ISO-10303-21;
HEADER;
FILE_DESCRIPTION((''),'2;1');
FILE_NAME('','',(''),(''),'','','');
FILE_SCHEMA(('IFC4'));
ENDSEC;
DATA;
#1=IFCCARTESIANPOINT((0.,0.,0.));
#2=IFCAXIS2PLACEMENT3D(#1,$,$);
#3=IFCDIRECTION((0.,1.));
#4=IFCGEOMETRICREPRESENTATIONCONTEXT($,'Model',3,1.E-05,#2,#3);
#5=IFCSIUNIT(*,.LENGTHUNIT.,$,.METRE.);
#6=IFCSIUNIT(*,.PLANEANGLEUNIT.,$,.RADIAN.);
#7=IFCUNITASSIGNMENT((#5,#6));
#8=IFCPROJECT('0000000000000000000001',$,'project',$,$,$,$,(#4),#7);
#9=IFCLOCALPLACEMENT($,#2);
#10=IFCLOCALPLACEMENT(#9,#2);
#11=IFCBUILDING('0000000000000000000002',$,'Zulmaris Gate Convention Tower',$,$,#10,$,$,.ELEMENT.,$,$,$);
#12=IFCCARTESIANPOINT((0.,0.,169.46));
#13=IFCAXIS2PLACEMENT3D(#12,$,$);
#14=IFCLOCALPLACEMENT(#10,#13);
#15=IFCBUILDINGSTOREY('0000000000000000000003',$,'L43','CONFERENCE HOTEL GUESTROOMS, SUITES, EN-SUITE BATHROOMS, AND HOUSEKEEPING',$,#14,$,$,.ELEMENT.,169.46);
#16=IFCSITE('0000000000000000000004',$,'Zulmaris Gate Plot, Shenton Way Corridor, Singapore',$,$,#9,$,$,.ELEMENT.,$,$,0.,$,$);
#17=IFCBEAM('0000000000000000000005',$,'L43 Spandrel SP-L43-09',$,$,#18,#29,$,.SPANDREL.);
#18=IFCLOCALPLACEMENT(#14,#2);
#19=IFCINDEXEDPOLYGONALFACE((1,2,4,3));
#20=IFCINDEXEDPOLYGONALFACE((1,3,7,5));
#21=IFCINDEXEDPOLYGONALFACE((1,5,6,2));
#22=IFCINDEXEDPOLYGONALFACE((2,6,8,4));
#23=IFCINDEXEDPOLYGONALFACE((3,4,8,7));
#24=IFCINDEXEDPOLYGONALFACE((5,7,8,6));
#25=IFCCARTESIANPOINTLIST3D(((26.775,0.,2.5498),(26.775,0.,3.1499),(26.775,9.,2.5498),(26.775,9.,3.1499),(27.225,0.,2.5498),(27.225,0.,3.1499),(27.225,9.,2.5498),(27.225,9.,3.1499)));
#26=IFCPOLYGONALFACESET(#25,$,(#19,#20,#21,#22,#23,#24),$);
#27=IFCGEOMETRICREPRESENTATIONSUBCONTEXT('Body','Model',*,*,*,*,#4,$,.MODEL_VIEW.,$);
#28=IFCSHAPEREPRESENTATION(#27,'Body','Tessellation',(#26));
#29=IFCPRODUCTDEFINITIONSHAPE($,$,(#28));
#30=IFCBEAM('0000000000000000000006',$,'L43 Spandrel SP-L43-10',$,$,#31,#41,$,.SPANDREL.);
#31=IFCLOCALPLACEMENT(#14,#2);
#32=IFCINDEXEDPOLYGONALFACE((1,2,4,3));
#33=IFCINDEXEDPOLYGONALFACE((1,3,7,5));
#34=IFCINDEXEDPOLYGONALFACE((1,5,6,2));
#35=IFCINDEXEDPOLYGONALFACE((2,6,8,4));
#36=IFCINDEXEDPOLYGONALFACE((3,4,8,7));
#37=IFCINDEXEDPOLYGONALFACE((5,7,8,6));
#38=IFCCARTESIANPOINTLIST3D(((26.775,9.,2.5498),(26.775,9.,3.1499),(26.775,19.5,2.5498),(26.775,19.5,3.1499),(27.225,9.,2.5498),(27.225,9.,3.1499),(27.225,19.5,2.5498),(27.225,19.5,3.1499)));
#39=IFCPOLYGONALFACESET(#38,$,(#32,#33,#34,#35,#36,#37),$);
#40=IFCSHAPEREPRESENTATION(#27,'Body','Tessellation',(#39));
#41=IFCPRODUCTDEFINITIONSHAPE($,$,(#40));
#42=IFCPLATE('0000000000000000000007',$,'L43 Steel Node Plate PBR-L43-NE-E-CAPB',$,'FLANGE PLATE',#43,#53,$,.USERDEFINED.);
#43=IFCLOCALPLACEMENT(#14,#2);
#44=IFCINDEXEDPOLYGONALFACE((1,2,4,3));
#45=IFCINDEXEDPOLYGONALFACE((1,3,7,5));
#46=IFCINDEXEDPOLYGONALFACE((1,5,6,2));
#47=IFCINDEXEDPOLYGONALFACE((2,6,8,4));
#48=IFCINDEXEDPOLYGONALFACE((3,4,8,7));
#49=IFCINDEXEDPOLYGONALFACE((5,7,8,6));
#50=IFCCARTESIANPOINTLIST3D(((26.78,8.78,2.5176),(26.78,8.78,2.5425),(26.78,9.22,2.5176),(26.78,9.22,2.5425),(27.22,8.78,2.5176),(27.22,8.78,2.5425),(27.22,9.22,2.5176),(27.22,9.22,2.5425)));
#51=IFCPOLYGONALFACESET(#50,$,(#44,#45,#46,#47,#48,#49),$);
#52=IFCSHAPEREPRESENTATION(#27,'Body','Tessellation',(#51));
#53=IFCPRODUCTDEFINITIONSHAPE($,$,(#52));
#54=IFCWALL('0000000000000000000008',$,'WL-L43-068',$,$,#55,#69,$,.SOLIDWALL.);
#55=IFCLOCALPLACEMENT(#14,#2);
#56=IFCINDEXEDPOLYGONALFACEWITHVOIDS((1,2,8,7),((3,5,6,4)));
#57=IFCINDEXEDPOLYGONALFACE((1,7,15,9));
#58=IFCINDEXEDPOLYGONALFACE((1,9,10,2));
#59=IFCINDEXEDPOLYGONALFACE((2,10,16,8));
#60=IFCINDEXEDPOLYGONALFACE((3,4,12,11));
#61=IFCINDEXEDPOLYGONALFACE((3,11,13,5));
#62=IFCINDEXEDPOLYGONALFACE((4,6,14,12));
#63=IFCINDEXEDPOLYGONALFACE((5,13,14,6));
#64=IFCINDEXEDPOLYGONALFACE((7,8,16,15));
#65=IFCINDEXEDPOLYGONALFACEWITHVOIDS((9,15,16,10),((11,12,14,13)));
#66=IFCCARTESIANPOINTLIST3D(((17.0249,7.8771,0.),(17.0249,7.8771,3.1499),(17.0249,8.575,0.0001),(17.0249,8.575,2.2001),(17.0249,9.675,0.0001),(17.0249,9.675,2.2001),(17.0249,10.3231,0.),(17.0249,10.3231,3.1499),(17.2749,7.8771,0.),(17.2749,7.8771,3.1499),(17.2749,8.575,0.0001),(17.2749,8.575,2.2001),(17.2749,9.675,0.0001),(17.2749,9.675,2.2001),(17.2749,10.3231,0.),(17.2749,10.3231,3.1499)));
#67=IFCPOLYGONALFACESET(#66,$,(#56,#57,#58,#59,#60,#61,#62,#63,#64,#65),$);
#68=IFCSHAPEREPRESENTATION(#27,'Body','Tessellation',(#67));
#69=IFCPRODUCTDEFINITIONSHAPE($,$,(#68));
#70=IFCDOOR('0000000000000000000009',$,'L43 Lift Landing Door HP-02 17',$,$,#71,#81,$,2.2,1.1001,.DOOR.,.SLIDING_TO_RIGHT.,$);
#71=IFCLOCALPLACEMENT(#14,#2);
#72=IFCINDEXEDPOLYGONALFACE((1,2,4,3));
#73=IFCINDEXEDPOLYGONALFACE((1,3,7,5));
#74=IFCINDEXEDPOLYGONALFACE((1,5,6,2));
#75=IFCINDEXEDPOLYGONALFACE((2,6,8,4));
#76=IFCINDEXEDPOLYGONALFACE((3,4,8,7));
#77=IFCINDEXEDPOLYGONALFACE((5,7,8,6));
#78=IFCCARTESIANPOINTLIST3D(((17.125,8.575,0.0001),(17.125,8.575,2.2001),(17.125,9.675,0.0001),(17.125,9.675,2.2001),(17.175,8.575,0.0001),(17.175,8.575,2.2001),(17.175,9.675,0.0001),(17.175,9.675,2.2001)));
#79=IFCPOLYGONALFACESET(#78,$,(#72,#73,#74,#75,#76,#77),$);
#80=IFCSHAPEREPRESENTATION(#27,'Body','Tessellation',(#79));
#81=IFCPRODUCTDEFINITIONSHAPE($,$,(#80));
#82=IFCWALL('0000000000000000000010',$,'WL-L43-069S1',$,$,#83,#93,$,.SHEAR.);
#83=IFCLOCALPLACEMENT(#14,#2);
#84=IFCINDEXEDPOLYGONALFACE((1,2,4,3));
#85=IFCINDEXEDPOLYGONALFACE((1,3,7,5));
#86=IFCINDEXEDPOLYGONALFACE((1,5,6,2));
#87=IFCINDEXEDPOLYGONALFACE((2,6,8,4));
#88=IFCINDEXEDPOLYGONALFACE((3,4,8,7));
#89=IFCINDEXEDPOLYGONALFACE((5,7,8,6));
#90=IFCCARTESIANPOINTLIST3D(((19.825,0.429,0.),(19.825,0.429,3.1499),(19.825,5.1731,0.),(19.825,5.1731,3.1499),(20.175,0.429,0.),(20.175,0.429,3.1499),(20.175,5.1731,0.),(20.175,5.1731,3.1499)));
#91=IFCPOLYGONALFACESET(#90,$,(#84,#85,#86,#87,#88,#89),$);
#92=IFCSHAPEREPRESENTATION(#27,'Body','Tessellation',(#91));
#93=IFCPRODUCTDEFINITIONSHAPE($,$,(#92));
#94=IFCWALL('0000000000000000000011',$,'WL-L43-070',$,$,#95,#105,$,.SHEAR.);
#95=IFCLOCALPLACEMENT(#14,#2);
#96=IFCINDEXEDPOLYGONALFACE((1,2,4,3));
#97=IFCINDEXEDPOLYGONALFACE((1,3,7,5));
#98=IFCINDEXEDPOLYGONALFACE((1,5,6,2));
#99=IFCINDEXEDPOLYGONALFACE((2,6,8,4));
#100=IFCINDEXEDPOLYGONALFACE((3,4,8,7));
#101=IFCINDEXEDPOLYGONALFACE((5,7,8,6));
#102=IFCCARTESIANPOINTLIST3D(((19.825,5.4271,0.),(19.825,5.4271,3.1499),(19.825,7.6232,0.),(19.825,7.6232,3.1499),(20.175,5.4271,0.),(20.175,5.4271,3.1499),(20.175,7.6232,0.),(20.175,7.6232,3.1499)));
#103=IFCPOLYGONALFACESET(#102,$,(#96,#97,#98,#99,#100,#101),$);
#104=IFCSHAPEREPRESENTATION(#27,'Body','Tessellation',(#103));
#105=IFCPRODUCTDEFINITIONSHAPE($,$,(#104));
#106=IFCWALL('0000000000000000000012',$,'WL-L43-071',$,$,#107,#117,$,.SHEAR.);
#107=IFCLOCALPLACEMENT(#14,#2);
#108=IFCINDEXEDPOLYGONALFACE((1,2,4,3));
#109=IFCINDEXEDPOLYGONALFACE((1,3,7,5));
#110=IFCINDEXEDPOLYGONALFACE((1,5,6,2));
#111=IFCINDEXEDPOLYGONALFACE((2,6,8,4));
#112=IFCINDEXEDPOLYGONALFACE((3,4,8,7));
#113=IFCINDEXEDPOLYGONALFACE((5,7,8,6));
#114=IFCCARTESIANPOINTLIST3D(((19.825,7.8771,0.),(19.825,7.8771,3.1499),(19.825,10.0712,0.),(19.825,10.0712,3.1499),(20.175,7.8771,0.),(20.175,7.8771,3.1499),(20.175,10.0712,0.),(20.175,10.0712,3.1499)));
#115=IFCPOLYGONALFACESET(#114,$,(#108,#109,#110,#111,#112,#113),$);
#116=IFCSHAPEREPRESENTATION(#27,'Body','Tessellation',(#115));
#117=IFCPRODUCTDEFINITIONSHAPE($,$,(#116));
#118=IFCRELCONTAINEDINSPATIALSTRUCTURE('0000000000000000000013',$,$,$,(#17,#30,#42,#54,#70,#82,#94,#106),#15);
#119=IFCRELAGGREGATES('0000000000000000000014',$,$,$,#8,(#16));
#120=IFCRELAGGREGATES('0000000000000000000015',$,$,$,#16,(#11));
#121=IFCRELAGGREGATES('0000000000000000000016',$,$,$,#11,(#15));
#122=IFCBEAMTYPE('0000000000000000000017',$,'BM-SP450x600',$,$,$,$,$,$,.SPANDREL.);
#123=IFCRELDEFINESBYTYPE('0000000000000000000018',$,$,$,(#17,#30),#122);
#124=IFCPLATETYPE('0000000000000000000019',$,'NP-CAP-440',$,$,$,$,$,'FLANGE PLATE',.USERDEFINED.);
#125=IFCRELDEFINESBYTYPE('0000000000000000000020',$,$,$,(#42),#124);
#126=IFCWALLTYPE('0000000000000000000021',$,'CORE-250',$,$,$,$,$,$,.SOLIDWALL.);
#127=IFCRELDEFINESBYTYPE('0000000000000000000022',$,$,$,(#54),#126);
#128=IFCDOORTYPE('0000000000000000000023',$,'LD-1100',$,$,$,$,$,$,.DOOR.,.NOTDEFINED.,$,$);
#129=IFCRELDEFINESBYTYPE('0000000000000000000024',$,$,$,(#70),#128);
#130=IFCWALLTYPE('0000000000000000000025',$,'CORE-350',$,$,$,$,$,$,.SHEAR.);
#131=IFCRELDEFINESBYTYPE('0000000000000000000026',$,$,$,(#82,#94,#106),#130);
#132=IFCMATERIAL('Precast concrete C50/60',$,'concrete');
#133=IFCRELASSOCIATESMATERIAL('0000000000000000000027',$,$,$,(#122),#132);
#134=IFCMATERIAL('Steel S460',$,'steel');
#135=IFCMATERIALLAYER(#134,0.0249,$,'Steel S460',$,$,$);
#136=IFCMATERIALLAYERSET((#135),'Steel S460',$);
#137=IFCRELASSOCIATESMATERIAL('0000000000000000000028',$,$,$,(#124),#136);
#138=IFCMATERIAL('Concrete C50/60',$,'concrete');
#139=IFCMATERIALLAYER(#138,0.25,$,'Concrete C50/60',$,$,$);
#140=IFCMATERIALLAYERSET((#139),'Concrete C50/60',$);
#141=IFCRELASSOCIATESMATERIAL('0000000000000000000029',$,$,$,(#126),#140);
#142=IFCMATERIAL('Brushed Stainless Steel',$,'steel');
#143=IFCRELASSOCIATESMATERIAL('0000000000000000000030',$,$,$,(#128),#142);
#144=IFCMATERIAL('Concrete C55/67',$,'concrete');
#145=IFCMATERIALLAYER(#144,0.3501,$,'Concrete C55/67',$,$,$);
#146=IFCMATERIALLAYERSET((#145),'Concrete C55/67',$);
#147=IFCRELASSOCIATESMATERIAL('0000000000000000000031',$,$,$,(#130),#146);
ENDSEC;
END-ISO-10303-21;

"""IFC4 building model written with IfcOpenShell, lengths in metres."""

from ifc_helpers import new_model, si_unit, direction, frame, frame_2d, origin, origin_2d, place, context, subcontext, project, spatial, rectangle, extrude, material, layer, layer_set, material_profile, profile_set, type_object, element, fill, save


model = new_model("IFC4")

# Units and contexts
model_context = context("Model", 3, precision=1e-05, world=origin(), true_north=direction((0.0, 1.0)))
body_context = subcontext(model_context, "Body", "Model", "MODEL_VIEW")
ifc_project = project(units=[si_unit("LENGTHUNIT", "METRE"), si_unit("PLANEANGLEUNIT", "RADIAN")], contexts=[model_context])

# Site, building, storey
site_placement = place(None, origin())
site = spatial("IfcSite", under=ifc_project, at=site_placement, Name="Zulmaris Gate Plot, Shenton Way Corridor, Singapore", CompositionType="ELEMENT", RefElevation=0.0)
building_placement = place(site_placement, origin())
building = spatial("IfcBuilding", under=site, at=building_placement, Name="Zulmaris Gate Convention Tower", CompositionType="ELEMENT")
storey_placement = place(building_placement, frame((0.0, 0.0, 169.46)))
storey = spatial("IfcBuildingStorey", under=building, at=storey_placement, Name="L43", Description="CONFERENCE HOTEL GUESTROOMS, SUITES, EN-SUITE BATHROOMS, AND HOUSEKEEPING", CompositionType="ELEMENT", Elevation=169.46)

# Beams
ifc_material_1 = material(Name="Concrete C50/60", Category="concrete")
ifc_material_2 = material(Name="Precast concrete C50/60", Category="concrete")
ifc_material_profile_1 = material_profile(ifc_material_2, rectangle(XDim=0.45, YDim=0.6001, at=origin_2d()), Name="RC SPANDREL 450x600")
ifc_profile_set_1 = profile_set([ifc_material_profile_1], Name="Precast concrete C50/60")
beam_type_1 = type_object("IfcBeamType", Name="BM-SP450x600", PredefinedType="SPANDREL", material=ifc_profile_set_1)
beam_1_placement = place(storey_placement, frame((27.0, 0.0, 2.8499), z_axis=(0.0, 1.0, 0.0), x_axis=(-1.0, 0.0, 0.0)))
element("IfcBeam", 1, at=beam_1_placement, inside=storey, type_object=beam_type_1, Name="L43 Spandrel SP-L43-09", PredefinedType="SPANDREL", context=body_context, shape_type="SweptSolid", body=[
    extrude(rectangle(XDim=0.45, YDim=0.6001, at=origin_2d()), origin(), (0.0, 0.0, 1.0), 9.0),
])
beam_2_placement = place(storey_placement, frame((27.0, 9.0, 2.8499), z_axis=(0.0, 1.0, 0.0), x_axis=(-1.0, 0.0, 0.0)))
element("IfcBeam", 2, at=beam_2_placement, inside=storey, type_object=beam_type_1, Name="L43 Spandrel SP-L43-10", PredefinedType="SPANDREL", context=body_context, shape_type="SweptSolid", body=[
    extrude(rectangle(XDim=0.45, YDim=0.6001, at=origin_2d()), origin(), (0.0, 0.0, 1.0), 10.5),
])

# Plate
ifc_material_3 = material(Name="Steel S460", Category="steel")
ifc_layer_1 = layer(ifc_material_3, 0.0249, Name="Steel S460")
ifc_layer_set_1 = layer_set([ifc_layer_1], Name="Steel S460")
plate_type = type_object("IfcPlateType", Name="NP-CAP-440", ElementType="FLANGE PLATE", PredefinedType="USERDEFINED", material=ifc_layer_set_1)
plate_placement = place(storey_placement, frame((27.0, 9.0, 2.5176), z_axis=(0.0, 0.0, 1.0), x_axis=(1.0, 0.0, 0.0)))
element("IfcPlate", 3, at=plate_placement, inside=storey, type_object=plate_type, Name="L43 Steel Node Plate PBR-L43-NE-E-CAPB", ObjectType="FLANGE PLATE", PredefinedType="USERDEFINED", context=body_context, shape_type="SweptSolid", body=[
    extrude(rectangle(XDim=0.4399, YDim=0.4399, at=origin_2d()), origin(), (0.0, 0.0, 1.0), 0.0249),
])

# Wall, opening, door
ifc_layer_2 = layer(ifc_material_1, 0.25, Name="Concrete C50/60")
ifc_layer_set_2 = layer_set([ifc_layer_2], Name="Concrete C50/60")
wall_type_1 = type_object("IfcWallType", Name="CORE-250", PredefinedType="SOLIDWALL", material=ifc_layer_set_2)
wall_1_placement = place(storey_placement, frame((17.1499, 7.877, 0.0), z_axis=(0.0, 0.0, 1.0), x_axis=(0.0, 1.0, 0.0)))
wall_1 = element("IfcWall", 4, at=wall_1_placement, inside=storey, type_object=wall_type_1, Name="WL-L43-068", PredefinedType="SOLIDWALL", context=body_context, shape_type="SweptSolid", body=[
    extrude(rectangle(XDim=2.446, YDim=0.25, at=frame_2d((1.2231, 0.0))), origin(), (0.0, 0.0, 1.0), 3.1499),
])
opening_1_placement = place(wall_1_placement, frame((0.698, 0.0, 0.0)))
opening_1 = element("IfcOpeningElement", 5, at=opening_1_placement, cuts=wall_1, PredefinedType="OPENING", context=body_context, shape_type="SweptSolid", body=[
    extrude(rectangle(XDim=1.1001, YDim=2.2, at=frame_2d((0.55, 1.1001))), frame((0.0, 0.135, 0.0), z_axis=(0.0, -1.0, 0.0), x_axis=(1.0, 0.0, 0.0)), (0.0, 0.0, 1.0), 0.27),
])
ifc_material_4 = material(Name="Brushed Stainless Steel", Category="steel")
door_type = type_object("IfcDoorType", Name="LD-1100", OperationType="NOTDEFINED", PredefinedType="DOOR", material=ifc_material_4)
door_placement = place(opening_1_placement, origin())
door = element("IfcDoor", 6, at=door_placement, inside=storey, type_object=door_type, Name="L43 Lift Landing Door HP-02 17", OperationType="SLIDING_TO_RIGHT", OverallHeight=2.2, OverallWidth=1.1001, PredefinedType="DOOR", context=body_context, shape_type="SweptSolid", body=[
    extrude(rectangle(XDim=1.1001, YDim=2.2, at=frame_2d((0.55, 1.1001))), frame((0.0, 0.0249, 0.0), z_axis=(0.0, -1.0, 0.0), x_axis=(1.0, 0.0, 0.0)), (0.0, 0.0, 1.0), 0.05),
])
fill(opening_1, door)

# Walls
ifc_material_5 = material(Name="Concrete C55/67", Category="concrete")
ifc_layer_3 = layer(ifc_material_5, 0.3501, Name="Concrete C55/67")
ifc_layer_set_3 = layer_set([ifc_layer_3], Name="Concrete C55/67")
wall_type_2 = type_object("IfcWallType", Name="CORE-350", PredefinedType="SHEAR", material=ifc_layer_set_3)
wall_2_placement = place(storey_placement, frame((20.0, 0.429, 0.0), z_axis=(0.0, 0.0, 1.0), x_axis=(0.0, 1.0, 0.0)))
element("IfcWall", 7, at=wall_2_placement, inside=storey, type_object=wall_type_2, Name="WL-L43-069S1", PredefinedType="SHEAR", context=body_context, shape_type="SweptSolid", body=[
    extrude(rectangle(XDim=4.7441, YDim=0.3501, at=frame_2d((2.3721, 0.0))), origin(), (0.0, 0.0, 1.0), 3.1499),
])
wall_3_placement = place(storey_placement, frame((20.0, 5.427, 0.0), z_axis=(0.0, 0.0, 1.0), x_axis=(0.0, 1.0, 0.0)))
element("IfcWall", 8, at=wall_3_placement, inside=storey, type_object=wall_type_2, Name="WL-L43-070", PredefinedType="SHEAR", context=body_context, shape_type="SweptSolid", body=[
    extrude(rectangle(XDim=2.196, YDim=0.3501, at=frame_2d((1.0981, 0.0))), origin(), (0.0, 0.0, 1.0), 3.1499),
])
wall_4_placement = place(storey_placement, frame((20.0, 7.877, 0.0), z_axis=(0.0, 0.0, 1.0), x_axis=(0.0, 1.0, 0.0)))
element("IfcWall", 9, at=wall_4_placement, inside=storey, type_object=wall_type_2, Name="WL-L43-071", PredefinedType="SHEAR", context=body_context, shape_type="SweptSolid", body=[
    extrude(rectangle(XDim=2.1941, YDim=0.3501, at=frame_2d((1.0972, 0.0))), origin(), (0.0, 0.0, 1.0), 3.1499),
])

save(model, "model.ifc")
